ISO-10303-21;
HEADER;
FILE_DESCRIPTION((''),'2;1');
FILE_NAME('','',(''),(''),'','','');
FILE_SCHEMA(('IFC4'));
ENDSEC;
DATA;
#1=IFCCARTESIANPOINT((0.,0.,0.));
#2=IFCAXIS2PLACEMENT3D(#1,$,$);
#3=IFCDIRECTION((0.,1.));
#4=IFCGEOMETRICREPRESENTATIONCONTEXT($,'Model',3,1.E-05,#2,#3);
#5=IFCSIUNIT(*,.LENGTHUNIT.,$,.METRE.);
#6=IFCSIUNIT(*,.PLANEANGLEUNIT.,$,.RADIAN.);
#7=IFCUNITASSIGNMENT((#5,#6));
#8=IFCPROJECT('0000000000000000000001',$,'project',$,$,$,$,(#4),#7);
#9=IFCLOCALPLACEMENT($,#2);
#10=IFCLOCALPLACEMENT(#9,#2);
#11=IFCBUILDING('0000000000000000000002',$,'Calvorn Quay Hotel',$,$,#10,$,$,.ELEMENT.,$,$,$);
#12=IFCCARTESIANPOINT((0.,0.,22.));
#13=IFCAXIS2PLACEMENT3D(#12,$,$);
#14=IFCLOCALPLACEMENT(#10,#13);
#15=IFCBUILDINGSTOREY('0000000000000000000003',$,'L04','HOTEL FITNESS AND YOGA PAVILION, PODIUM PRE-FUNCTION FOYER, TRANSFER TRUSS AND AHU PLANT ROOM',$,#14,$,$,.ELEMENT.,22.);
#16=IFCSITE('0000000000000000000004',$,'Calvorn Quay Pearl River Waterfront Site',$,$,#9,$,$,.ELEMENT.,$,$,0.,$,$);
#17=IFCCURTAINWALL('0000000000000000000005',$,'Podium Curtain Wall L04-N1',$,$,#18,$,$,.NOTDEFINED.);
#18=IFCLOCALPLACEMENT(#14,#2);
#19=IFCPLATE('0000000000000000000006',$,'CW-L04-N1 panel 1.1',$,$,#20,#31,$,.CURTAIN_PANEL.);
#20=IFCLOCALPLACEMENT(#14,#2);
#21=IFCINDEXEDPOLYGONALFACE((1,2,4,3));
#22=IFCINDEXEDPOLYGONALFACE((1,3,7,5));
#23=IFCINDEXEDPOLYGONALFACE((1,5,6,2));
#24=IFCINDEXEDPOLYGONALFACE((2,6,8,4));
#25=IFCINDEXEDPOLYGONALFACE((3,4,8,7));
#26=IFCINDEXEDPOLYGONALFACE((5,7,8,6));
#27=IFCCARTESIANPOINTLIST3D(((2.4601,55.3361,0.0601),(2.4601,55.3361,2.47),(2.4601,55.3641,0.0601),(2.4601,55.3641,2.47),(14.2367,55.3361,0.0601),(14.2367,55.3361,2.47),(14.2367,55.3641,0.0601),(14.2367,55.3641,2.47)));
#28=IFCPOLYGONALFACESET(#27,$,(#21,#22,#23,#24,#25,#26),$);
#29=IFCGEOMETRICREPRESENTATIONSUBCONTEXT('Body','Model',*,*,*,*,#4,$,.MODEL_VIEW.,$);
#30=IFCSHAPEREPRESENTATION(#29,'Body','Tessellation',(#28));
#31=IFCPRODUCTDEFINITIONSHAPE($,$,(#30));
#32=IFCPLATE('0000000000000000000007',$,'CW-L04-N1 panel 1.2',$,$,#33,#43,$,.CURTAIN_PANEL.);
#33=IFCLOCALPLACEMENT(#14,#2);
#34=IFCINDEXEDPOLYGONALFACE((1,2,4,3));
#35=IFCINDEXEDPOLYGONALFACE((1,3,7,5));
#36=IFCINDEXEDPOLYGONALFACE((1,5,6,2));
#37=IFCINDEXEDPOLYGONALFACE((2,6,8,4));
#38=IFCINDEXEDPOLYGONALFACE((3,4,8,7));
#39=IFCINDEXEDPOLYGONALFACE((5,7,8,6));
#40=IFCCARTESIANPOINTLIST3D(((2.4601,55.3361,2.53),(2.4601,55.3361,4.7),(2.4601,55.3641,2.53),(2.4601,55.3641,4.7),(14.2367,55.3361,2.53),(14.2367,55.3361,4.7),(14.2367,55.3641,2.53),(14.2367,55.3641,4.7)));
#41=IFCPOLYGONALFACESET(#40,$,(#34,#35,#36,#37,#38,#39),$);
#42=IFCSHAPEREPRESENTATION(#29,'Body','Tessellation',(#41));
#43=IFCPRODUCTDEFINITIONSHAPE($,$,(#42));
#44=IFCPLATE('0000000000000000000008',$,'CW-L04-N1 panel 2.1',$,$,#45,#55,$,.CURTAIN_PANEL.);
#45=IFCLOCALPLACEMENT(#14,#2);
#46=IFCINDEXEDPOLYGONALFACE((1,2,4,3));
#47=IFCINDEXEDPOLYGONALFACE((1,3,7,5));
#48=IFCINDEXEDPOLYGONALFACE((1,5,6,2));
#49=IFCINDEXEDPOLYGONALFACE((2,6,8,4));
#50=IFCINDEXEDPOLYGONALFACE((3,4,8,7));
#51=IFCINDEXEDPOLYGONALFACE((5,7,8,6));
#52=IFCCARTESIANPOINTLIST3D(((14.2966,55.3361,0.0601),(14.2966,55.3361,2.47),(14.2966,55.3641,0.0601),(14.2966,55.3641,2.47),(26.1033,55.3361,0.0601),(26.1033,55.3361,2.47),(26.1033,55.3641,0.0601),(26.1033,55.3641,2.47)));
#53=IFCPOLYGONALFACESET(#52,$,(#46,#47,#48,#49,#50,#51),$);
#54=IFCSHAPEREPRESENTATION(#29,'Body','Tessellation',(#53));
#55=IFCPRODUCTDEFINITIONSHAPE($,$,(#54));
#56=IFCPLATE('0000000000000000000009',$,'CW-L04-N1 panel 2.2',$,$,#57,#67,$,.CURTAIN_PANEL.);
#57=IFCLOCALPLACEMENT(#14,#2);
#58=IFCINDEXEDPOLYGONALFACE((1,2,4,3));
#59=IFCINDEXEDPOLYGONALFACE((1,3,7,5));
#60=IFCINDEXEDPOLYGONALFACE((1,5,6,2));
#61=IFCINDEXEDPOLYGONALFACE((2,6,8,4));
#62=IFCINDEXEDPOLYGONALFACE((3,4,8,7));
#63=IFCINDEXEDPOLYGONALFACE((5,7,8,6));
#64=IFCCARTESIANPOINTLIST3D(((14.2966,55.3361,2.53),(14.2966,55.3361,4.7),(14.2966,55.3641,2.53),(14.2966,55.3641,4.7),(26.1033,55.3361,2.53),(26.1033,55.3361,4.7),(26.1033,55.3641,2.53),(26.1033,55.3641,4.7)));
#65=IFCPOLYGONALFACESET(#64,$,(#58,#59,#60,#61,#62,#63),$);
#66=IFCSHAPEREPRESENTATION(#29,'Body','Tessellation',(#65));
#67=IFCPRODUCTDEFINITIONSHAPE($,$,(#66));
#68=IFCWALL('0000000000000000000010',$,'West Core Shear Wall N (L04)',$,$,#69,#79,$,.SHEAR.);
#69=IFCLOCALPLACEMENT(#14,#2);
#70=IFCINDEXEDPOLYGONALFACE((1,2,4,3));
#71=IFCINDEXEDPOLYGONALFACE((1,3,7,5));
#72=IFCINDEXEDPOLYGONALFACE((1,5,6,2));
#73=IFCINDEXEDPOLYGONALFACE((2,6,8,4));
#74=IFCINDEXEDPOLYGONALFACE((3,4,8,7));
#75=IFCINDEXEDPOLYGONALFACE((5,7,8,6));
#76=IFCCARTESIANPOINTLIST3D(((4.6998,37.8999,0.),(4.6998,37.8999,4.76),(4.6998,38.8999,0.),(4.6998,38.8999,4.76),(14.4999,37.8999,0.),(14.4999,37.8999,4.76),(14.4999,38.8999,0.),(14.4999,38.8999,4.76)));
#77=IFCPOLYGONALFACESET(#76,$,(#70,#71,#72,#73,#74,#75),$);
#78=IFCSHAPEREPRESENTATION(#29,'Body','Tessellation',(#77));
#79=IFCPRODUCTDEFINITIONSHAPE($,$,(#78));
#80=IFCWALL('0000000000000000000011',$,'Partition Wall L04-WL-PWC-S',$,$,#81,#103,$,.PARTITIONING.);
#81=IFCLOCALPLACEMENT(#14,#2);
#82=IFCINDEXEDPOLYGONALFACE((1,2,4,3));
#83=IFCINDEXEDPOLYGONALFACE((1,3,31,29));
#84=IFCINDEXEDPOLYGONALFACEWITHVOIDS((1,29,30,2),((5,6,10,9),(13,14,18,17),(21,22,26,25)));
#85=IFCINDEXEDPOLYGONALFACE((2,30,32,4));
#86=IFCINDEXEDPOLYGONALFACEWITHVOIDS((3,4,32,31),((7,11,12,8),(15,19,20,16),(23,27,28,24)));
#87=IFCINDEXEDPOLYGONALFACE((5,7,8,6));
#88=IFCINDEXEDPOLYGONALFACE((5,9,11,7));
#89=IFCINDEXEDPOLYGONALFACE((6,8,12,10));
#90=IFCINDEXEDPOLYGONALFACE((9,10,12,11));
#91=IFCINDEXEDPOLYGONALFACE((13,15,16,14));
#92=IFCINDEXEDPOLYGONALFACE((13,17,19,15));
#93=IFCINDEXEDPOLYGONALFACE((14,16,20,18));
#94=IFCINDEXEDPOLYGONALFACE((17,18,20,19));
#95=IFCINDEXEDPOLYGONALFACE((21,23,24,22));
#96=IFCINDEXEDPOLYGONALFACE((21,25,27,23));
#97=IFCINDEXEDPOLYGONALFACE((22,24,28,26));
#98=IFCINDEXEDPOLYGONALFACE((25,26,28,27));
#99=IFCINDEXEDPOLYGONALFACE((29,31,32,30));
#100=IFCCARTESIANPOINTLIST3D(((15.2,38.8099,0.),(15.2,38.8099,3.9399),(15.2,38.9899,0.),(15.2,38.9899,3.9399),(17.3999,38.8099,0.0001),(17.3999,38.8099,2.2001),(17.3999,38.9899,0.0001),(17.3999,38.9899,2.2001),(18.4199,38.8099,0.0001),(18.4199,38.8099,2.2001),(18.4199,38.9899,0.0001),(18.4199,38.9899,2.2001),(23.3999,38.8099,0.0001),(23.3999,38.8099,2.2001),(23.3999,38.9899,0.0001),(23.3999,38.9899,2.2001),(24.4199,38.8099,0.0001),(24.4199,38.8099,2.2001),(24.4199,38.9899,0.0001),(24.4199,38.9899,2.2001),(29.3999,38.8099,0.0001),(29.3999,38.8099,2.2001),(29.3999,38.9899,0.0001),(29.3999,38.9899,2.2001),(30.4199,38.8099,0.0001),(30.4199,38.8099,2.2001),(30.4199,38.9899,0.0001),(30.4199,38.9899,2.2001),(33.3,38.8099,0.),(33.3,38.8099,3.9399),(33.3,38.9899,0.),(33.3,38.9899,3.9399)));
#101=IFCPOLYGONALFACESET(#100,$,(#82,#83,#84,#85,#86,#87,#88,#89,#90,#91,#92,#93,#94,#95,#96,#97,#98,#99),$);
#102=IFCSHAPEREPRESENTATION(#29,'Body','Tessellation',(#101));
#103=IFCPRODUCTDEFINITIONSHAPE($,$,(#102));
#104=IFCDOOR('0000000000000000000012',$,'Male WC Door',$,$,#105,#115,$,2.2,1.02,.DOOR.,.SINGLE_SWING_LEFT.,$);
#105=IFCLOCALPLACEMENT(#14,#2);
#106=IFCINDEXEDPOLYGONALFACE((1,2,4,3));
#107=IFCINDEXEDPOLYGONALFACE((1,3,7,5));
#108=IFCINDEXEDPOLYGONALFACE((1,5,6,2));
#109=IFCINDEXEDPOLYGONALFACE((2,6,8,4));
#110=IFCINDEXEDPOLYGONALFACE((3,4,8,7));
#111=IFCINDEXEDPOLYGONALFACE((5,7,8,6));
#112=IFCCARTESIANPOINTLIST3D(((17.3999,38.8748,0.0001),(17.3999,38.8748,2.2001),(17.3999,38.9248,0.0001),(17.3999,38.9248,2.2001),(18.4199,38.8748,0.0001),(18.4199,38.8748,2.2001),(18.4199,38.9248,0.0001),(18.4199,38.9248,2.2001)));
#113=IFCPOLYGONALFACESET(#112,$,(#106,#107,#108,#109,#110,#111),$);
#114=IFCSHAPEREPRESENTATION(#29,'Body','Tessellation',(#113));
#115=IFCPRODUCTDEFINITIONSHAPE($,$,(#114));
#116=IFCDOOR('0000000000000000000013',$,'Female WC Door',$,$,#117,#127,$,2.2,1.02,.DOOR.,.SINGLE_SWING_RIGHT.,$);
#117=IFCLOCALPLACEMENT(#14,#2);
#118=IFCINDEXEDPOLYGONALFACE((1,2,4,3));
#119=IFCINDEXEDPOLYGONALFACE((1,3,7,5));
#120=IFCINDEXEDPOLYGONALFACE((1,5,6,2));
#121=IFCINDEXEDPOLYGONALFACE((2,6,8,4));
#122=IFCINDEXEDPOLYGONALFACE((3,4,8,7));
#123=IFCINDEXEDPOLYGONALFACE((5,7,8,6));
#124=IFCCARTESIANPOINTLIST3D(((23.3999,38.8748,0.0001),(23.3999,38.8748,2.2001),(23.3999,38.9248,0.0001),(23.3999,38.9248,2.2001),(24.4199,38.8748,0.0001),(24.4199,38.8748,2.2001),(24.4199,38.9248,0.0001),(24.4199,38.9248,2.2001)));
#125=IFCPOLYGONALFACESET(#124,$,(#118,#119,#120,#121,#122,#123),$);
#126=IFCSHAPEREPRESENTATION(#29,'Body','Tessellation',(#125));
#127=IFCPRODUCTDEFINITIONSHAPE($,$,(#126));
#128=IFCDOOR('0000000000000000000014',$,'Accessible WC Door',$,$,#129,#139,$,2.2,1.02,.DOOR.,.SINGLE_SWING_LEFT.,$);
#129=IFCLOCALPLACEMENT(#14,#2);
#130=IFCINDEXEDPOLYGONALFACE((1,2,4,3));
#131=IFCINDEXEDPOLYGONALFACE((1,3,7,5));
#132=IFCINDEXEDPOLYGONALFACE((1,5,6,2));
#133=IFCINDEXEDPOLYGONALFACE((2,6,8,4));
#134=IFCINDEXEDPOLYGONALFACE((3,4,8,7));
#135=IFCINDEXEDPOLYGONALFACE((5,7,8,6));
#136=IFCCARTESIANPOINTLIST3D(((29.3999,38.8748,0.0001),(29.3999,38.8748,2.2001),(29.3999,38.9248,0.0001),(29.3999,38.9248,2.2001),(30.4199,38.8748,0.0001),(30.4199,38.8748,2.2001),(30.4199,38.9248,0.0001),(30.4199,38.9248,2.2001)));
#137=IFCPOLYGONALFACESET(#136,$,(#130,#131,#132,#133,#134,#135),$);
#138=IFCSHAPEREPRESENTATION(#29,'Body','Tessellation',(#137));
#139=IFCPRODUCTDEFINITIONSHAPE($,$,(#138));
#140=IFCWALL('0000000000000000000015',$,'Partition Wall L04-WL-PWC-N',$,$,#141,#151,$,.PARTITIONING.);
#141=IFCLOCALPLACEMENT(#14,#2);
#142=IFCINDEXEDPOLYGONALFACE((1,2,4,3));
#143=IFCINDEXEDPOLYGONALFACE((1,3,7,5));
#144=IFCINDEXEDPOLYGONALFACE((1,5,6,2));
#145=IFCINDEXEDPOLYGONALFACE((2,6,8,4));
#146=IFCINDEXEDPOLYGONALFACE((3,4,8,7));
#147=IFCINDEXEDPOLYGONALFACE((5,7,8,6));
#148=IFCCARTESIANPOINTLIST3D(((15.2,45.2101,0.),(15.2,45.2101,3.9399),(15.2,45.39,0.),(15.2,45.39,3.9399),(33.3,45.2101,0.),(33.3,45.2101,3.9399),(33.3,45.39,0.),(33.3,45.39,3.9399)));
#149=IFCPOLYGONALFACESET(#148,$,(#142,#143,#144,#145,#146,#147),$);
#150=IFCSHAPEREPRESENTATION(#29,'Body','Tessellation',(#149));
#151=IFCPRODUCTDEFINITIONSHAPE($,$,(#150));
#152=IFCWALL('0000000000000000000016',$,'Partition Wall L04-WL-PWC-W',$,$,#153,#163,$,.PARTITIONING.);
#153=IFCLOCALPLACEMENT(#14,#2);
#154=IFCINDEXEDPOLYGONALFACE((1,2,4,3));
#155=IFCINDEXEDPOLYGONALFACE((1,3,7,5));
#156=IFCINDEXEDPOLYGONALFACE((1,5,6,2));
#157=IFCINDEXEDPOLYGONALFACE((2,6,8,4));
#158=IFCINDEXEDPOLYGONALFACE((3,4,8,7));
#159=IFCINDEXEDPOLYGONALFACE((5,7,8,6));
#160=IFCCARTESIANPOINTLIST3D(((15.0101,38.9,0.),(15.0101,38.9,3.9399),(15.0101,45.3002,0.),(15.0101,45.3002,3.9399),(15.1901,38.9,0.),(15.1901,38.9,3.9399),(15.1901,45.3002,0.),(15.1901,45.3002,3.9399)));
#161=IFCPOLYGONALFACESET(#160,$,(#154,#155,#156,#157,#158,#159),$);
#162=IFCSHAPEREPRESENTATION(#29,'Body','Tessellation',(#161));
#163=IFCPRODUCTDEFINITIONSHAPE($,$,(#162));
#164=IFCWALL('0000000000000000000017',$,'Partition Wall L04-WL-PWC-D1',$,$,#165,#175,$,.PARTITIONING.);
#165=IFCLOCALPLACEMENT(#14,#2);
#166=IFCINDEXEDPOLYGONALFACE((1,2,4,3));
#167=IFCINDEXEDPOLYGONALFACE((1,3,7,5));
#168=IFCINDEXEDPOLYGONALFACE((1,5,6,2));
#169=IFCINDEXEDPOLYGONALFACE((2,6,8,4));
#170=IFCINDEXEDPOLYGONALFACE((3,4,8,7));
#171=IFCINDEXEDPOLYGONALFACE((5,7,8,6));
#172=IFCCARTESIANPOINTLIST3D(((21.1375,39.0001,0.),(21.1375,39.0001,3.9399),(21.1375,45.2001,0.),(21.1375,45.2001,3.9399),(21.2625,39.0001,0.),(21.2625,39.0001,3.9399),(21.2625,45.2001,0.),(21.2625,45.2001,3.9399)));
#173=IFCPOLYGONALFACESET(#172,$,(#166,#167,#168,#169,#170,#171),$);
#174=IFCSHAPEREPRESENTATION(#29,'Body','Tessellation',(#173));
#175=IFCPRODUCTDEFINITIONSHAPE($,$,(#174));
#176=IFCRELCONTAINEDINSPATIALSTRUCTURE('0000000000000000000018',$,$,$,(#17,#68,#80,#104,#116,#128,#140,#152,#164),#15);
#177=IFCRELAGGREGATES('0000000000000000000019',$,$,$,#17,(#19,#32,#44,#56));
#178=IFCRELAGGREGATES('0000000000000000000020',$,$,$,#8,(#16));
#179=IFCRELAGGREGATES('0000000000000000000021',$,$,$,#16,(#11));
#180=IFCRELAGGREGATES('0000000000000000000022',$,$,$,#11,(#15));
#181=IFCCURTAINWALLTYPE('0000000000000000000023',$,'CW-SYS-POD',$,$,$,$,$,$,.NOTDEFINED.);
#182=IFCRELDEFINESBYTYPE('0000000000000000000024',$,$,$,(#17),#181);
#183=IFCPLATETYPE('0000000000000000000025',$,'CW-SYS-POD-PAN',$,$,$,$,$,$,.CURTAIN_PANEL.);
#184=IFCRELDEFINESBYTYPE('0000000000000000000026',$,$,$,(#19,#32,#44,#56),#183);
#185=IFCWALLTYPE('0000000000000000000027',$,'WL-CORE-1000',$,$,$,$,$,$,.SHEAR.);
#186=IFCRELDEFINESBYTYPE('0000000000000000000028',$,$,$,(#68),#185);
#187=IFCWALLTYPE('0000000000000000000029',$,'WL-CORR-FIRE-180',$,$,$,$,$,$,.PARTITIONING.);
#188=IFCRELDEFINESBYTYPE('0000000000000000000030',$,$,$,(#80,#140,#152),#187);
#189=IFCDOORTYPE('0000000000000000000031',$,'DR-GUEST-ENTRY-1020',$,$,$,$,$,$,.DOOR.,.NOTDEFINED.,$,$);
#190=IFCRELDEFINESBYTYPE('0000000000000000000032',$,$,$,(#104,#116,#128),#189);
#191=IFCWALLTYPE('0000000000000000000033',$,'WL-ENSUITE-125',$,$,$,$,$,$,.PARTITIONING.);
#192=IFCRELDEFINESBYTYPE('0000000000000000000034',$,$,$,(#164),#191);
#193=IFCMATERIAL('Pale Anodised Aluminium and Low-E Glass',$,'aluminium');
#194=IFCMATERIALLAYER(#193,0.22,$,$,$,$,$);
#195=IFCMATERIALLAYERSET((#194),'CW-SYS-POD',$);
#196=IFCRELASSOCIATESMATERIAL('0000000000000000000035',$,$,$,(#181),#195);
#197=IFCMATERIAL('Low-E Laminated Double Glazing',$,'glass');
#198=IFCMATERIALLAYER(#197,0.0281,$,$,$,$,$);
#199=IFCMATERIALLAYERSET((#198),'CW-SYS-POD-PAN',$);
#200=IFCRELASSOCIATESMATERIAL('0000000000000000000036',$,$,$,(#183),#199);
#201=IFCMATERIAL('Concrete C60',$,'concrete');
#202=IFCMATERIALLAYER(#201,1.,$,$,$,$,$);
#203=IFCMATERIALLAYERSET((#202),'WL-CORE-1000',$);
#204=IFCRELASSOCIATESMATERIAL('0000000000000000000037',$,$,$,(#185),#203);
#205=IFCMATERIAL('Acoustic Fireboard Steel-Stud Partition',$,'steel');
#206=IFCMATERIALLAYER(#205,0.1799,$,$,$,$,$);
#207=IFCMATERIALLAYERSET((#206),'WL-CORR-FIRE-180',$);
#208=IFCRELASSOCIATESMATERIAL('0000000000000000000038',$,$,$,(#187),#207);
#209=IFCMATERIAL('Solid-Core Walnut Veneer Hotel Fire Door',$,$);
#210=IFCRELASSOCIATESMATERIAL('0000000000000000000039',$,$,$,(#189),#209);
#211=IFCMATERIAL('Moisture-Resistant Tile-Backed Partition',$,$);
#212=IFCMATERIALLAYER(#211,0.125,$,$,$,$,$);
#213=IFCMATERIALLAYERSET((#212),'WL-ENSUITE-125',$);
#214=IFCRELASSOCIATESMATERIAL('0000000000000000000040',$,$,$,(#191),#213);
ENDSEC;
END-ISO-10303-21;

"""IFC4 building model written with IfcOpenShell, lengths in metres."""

from ifc_helpers import new_model, si_unit, direction, frame, frame_2d, origin, origin_2d, place, context, subcontext, project, spatial, rectangle, extrude, material, layer, layer_set, type_object, element, fill, aggregate, save


model = new_model("IFC4")

# Units and contexts
model_context = context("Model", 3, precision=1e-05, world=origin(), true_north=direction((0.0, 1.0)))
body_context = subcontext(model_context, "Body", "Model", "MODEL_VIEW")
ifc_project = project(units=[si_unit("LENGTHUNIT", "METRE"), si_unit("PLANEANGLEUNIT", "RADIAN")], contexts=[model_context])

# Site, building, storey
site_placement = place(None, origin())
site = spatial("IfcSite", under=ifc_project, at=site_placement, Name="Calvorn Quay Pearl River Waterfront Site", CompositionType="ELEMENT", RefElevation=0.0)
building_placement = place(site_placement, origin())
building = spatial("IfcBuilding", under=site, at=building_placement, Name="Calvorn Quay Hotel", CompositionType="ELEMENT")
storey_placement = place(building_placement, frame((0.0, 0.0, 22.0)))
storey = spatial("IfcBuildingStorey", under=building, at=storey_placement, Name="L04", Description="HOTEL FITNESS AND YOGA PAVILION, PODIUM PRE-FUNCTION FOYER, TRANSFER TRUSS AND AHU PLANT ROOM", CompositionType="ELEMENT", Elevation=22.0)

# Curtain wall, plates
ifc_material_1 = material(Name="Pale Anodised Aluminium and Low-E Glass", Category="aluminium")
ifc_layer_1 = layer(ifc_material_1, 0.22)
ifc_layer_set_1 = layer_set([ifc_layer_1], Name="CW-SYS-POD")
curtain_wall_type = type_object("IfcCurtainWallType", Name="CW-SYS-POD", PredefinedType="NOTDEFINED", material=ifc_layer_set_1)
curtain_wall_placement = place(storey_placement, origin())
curtain_wall = element("IfcCurtainWall", 1, at=curtain_wall_placement, inside=storey, type_object=curtain_wall_type, Name="Podium Curtain Wall L04-N1", PredefinedType="NOTDEFINED")
ifc_material_2 = material(Name="Low-E Laminated Double Glazing", Category="glass")
ifc_layer_2 = layer(ifc_material_2, 0.0281)
ifc_layer_set_2 = layer_set([ifc_layer_2], Name="CW-SYS-POD-PAN")
plate_type = type_object("IfcPlateType", Name="CW-SYS-POD-PAN", PredefinedType="CURTAIN_PANEL", material=ifc_layer_set_2)
plate_1_placement = place(storey_placement, frame((8.3484, 55.3501, 0.0601), z_axis=(0.0, 0.0, 1.0), x_axis=(1.0, 0.0, 0.0)))
plate_1 = element("IfcPlate", 2, at=plate_1_placement, type_object=plate_type, Name="CW-L04-N1 panel 1.1", PredefinedType="CURTAIN_PANEL", context=body_context, shape_type="SweptSolid", body=[
    extrude(rectangle(XDim=11.7766, YDim=0.0281, at=origin_2d()), origin(), (0.0, 0.0, 1.0), 2.4099),
])
plate_2_placement = place(storey_placement, frame((8.3484, 55.3501, 2.53), z_axis=(0.0, 0.0, 1.0), x_axis=(1.0, 0.0, 0.0)))
plate_2 = element("IfcPlate", 3, at=plate_2_placement, type_object=plate_type, Name="CW-L04-N1 panel 1.2", PredefinedType="CURTAIN_PANEL", context=body_context, shape_type="SweptSolid", body=[
    extrude(rectangle(XDim=11.7766, YDim=0.0281, at=origin_2d()), origin(), (0.0, 0.0, 1.0), 2.1699),
])
plate_3_placement = place(storey_placement, frame((20.2, 55.3501, 0.0601), z_axis=(0.0, 0.0, 1.0), x_axis=(1.0, 0.0, 0.0)))
plate_3 = element("IfcPlate", 4, at=plate_3_placement, type_object=plate_type, Name="CW-L04-N1 panel 2.1", PredefinedType="CURTAIN_PANEL", context=body_context, shape_type="SweptSolid", body=[
    extrude(rectangle(XDim=11.8066, YDim=0.0281, at=origin_2d()), origin(), (0.0, 0.0, 1.0), 2.4099),
])
plate_4_placement = place(storey_placement, frame((20.2, 55.3501, 2.53), z_axis=(0.0, 0.0, 1.0), x_axis=(1.0, 0.0, 0.0)))
plate_4 = element("IfcPlate", 5, at=plate_4_placement, type_object=plate_type, Name="CW-L04-N1 panel 2.2", PredefinedType="CURTAIN_PANEL", context=body_context, shape_type="SweptSolid", body=[
    extrude(rectangle(XDim=11.8066, YDim=0.0281, at=origin_2d()), origin(), (0.0, 0.0, 1.0), 2.1699),
])
aggregate(curtain_wall, [plate_1, plate_2, plate_3, plate_4])

# Wall
ifc_material_3 = material(Name="Concrete C60", Category="concrete")
ifc_layer_3 = layer(ifc_material_3, 1.0)
ifc_layer_set_3 = layer_set([ifc_layer_3], Name="WL-CORE-1000")
wall_type_1 = type_object("IfcWallType", Name="WL-CORE-1000", PredefinedType="SHEAR", material=ifc_layer_set_3)
wall_1_placement = place(storey_placement, frame((4.7, 38.3999, 0.0), z_axis=(0.0, 0.0, 1.0), x_axis=(1.0, 0.0, 0.0)))
element("IfcWall", 6, at=wall_1_placement, inside=storey, type_object=wall_type_1, Name="West Core Shear Wall N (L04)", PredefinedType="SHEAR", context=body_context, shape_type="SweptSolid", body=[
    extrude(rectangle(XDim=9.8, YDim=1.0, at=frame_2d((4.8999, 0.0))), origin(), (0.0, 0.0, 1.0), 4.76),
])

# Wall, openings, doors
ifc_material_4 = material(Name="Acoustic Fireboard Steel-Stud Partition", Category="steel")
ifc_layer_4 = layer(ifc_material_4, 0.1799)
ifc_layer_set_4 = layer_set([ifc_layer_4], Name="WL-CORR-FIRE-180")
wall_type_2 = type_object("IfcWallType", Name="WL-CORR-FIRE-180", PredefinedType="PARTITIONING", material=ifc_layer_set_4)
wall_2_placement = place(storey_placement, frame((15.2, 38.8999, 0.0), z_axis=(0.0, 0.0, 1.0), x_axis=(1.0, 0.0, 0.0)))
wall_2 = element("IfcWall", 7, at=wall_2_placement, inside=storey, type_object=wall_type_2, Name="Partition Wall L04-WL-PWC-S", PredefinedType="PARTITIONING", context=body_context, shape_type="SweptSolid", body=[
    extrude(rectangle(XDim=18.1001, YDim=0.1799, at=frame_2d((9.05, 0.0))), origin(), (0.0, 0.0, 1.0), 3.9399),
])
opening_1_placement = place(wall_2_placement, frame((2.2, 0.0, 0.0)))
opening_1 = element("IfcOpeningElement", 8, at=opening_1_placement, cuts=wall_2, PredefinedType="OPENING", context=body_context, shape_type="SweptSolid", body=[
    extrude(rectangle(XDim=1.02, YDim=2.2, at=frame_2d((0.51, 1.1001))), frame((0.0, 0.0999, 0.0), z_axis=(0.0, -1.0, 0.0), x_axis=(1.0, 0.0, 0.0)), (0.0, 0.0, 1.0), 0.2),
])
opening_2_placement = place(wall_2_placement, frame((8.2, 0.0, 0.0)))
opening_2 = element("IfcOpeningElement", 9, at=opening_2_placement, cuts=wall_2, PredefinedType="OPENING", context=body_context, shape_type="SweptSolid", body=[
    extrude(rectangle(XDim=1.02, YDim=2.2, at=frame_2d((0.51, 1.1001))), frame((0.0, 0.0999, 0.0), z_axis=(0.0, -1.0, 0.0), x_axis=(1.0, 0.0, 0.0)), (0.0, 0.0, 1.0), 0.2),
])
opening_3_placement = place(wall_2_placement, frame((14.2, 0.0, 0.0)))
opening_3 = element("IfcOpeningElement", 10, at=opening_3_placement, cuts=wall_2, PredefinedType="OPENING", context=body_context, shape_type="SweptSolid", body=[
    extrude(rectangle(XDim=1.02, YDim=2.2, at=frame_2d((0.51, 1.1001))), frame((0.0, 0.0999, 0.0), z_axis=(0.0, -1.0, 0.0), x_axis=(1.0, 0.0, 0.0)), (0.0, 0.0, 1.0), 0.2),
])
ifc_material_5 = material(Name="Solid-Core Walnut Veneer Hotel Fire Door")
door_type = type_object("IfcDoorType", Name="DR-GUEST-ENTRY-1020", OperationType="NOTDEFINED", PredefinedType="DOOR", material=ifc_material_5)
door_1_placement = place(opening_1_placement, origin())
door_1 = element("IfcDoor", 11, at=door_1_placement, inside=storey, type_object=door_type, Name="Male WC Door", OperationType="SINGLE_SWING_LEFT", OverallHeight=2.2, OverallWidth=1.02, PredefinedType="DOOR", context=body_context, shape_type="SweptSolid", body=[
    extrude(rectangle(XDim=1.02, YDim=2.2, at=frame_2d((0.51, 1.1001))), frame((0.0, 0.0249, 0.0), z_axis=(0.0, -1.0, 0.0), x_axis=(1.0, 0.0, 0.0)), (0.0, 0.0, 1.0), 0.05),
])
fill(opening_1, door_1)
door_2_placement = place(opening_2_placement, origin())
door_2 = element("IfcDoor", 12, at=door_2_placement, inside=storey, type_object=door_type, Name="Female WC Door", OperationType="SINGLE_SWING_RIGHT", OverallHeight=2.2, OverallWidth=1.02, PredefinedType="DOOR", context=body_context, shape_type="SweptSolid", body=[
    extrude(rectangle(XDim=1.02, YDim=2.2, at=frame_2d((0.51, 1.1001))), frame((0.0, 0.0249, 0.0), z_axis=(0.0, -1.0, 0.0), x_axis=(1.0, 0.0, 0.0)), (0.0, 0.0, 1.0), 0.05),
])
fill(opening_2, door_2)
door_3_placement = place(opening_3_placement, origin())
door_3 = element("IfcDoor", 13, at=door_3_placement, inside=storey, type_object=door_type, Name="Accessible WC Door", OperationType="SINGLE_SWING_LEFT", OverallHeight=2.2, OverallWidth=1.02, PredefinedType="DOOR", context=body_context, shape_type="SweptSolid", body=[
    extrude(rectangle(XDim=1.02, YDim=2.2, at=frame_2d((0.51, 1.1001))), frame((0.0, 0.0249, 0.0), z_axis=(0.0, -1.0, 0.0), x_axis=(1.0, 0.0, 0.0)), (0.0, 0.0, 1.0), 0.05),
])
fill(opening_3, door_3)

# Walls
wall_3_placement = place(storey_placement, frame((15.2, 45.3, 0.0), z_axis=(0.0, 0.0, 1.0), x_axis=(1.0, 0.0, 0.0)))
element("IfcWall", 14, at=wall_3_placement, inside=storey, type_object=wall_type_2, Name="Partition Wall L04-WL-PWC-N", PredefinedType="PARTITIONING", context=body_context, shape_type="SweptSolid", body=[
    extrude(rectangle(XDim=18.1001, YDim=0.1799, at=frame_2d((9.05, 0.0))), origin(), (0.0, 0.0, 1.0), 3.9399),
])
wall_4_placement = place(storey_placement, frame((15.1001, 38.8999, 0.0), z_axis=(0.0, 0.0, 1.0), x_axis=(0.0, 1.0, 0.0)))
element("IfcWall", 15, at=wall_4_placement, inside=storey, type_object=wall_type_2, Name="Partition Wall L04-WL-PWC-W", PredefinedType="PARTITIONING", context=body_context, shape_type="SweptSolid", body=[
    extrude(rectangle(XDim=6.4001, YDim=0.1799, at=frame_2d((3.2002, 0.0))), origin(), (0.0, 0.0, 1.0), 3.9399),
])
ifc_material_6 = material(Name="Moisture-Resistant Tile-Backed Partition")
ifc_layer_5 = layer(ifc_material_6, 0.125)
ifc_layer_set_5 = layer_set([ifc_layer_5], Name="WL-ENSUITE-125")
wall_type_3 = type_object("IfcWallType", Name="WL-ENSUITE-125", PredefinedType="PARTITIONING", material=ifc_layer_set_5)
wall_5_placement = place(storey_placement, frame((21.2, 39.0, 0.0), z_axis=(0.0, 0.0, 1.0), x_axis=(0.0, 1.0, 0.0)))
element("IfcWall", 16, at=wall_5_placement, inside=storey, type_object=wall_type_3, Name="Partition Wall L04-WL-PWC-D1", PredefinedType="PARTITIONING", context=body_context, shape_type="SweptSolid", body=[
    extrude(rectangle(XDim=6.2, YDim=0.125, at=frame_2d((3.1001, 0.0))), origin(), (0.0, 0.0, 1.0), 3.9399),
])

save(model, "model.ifc")
